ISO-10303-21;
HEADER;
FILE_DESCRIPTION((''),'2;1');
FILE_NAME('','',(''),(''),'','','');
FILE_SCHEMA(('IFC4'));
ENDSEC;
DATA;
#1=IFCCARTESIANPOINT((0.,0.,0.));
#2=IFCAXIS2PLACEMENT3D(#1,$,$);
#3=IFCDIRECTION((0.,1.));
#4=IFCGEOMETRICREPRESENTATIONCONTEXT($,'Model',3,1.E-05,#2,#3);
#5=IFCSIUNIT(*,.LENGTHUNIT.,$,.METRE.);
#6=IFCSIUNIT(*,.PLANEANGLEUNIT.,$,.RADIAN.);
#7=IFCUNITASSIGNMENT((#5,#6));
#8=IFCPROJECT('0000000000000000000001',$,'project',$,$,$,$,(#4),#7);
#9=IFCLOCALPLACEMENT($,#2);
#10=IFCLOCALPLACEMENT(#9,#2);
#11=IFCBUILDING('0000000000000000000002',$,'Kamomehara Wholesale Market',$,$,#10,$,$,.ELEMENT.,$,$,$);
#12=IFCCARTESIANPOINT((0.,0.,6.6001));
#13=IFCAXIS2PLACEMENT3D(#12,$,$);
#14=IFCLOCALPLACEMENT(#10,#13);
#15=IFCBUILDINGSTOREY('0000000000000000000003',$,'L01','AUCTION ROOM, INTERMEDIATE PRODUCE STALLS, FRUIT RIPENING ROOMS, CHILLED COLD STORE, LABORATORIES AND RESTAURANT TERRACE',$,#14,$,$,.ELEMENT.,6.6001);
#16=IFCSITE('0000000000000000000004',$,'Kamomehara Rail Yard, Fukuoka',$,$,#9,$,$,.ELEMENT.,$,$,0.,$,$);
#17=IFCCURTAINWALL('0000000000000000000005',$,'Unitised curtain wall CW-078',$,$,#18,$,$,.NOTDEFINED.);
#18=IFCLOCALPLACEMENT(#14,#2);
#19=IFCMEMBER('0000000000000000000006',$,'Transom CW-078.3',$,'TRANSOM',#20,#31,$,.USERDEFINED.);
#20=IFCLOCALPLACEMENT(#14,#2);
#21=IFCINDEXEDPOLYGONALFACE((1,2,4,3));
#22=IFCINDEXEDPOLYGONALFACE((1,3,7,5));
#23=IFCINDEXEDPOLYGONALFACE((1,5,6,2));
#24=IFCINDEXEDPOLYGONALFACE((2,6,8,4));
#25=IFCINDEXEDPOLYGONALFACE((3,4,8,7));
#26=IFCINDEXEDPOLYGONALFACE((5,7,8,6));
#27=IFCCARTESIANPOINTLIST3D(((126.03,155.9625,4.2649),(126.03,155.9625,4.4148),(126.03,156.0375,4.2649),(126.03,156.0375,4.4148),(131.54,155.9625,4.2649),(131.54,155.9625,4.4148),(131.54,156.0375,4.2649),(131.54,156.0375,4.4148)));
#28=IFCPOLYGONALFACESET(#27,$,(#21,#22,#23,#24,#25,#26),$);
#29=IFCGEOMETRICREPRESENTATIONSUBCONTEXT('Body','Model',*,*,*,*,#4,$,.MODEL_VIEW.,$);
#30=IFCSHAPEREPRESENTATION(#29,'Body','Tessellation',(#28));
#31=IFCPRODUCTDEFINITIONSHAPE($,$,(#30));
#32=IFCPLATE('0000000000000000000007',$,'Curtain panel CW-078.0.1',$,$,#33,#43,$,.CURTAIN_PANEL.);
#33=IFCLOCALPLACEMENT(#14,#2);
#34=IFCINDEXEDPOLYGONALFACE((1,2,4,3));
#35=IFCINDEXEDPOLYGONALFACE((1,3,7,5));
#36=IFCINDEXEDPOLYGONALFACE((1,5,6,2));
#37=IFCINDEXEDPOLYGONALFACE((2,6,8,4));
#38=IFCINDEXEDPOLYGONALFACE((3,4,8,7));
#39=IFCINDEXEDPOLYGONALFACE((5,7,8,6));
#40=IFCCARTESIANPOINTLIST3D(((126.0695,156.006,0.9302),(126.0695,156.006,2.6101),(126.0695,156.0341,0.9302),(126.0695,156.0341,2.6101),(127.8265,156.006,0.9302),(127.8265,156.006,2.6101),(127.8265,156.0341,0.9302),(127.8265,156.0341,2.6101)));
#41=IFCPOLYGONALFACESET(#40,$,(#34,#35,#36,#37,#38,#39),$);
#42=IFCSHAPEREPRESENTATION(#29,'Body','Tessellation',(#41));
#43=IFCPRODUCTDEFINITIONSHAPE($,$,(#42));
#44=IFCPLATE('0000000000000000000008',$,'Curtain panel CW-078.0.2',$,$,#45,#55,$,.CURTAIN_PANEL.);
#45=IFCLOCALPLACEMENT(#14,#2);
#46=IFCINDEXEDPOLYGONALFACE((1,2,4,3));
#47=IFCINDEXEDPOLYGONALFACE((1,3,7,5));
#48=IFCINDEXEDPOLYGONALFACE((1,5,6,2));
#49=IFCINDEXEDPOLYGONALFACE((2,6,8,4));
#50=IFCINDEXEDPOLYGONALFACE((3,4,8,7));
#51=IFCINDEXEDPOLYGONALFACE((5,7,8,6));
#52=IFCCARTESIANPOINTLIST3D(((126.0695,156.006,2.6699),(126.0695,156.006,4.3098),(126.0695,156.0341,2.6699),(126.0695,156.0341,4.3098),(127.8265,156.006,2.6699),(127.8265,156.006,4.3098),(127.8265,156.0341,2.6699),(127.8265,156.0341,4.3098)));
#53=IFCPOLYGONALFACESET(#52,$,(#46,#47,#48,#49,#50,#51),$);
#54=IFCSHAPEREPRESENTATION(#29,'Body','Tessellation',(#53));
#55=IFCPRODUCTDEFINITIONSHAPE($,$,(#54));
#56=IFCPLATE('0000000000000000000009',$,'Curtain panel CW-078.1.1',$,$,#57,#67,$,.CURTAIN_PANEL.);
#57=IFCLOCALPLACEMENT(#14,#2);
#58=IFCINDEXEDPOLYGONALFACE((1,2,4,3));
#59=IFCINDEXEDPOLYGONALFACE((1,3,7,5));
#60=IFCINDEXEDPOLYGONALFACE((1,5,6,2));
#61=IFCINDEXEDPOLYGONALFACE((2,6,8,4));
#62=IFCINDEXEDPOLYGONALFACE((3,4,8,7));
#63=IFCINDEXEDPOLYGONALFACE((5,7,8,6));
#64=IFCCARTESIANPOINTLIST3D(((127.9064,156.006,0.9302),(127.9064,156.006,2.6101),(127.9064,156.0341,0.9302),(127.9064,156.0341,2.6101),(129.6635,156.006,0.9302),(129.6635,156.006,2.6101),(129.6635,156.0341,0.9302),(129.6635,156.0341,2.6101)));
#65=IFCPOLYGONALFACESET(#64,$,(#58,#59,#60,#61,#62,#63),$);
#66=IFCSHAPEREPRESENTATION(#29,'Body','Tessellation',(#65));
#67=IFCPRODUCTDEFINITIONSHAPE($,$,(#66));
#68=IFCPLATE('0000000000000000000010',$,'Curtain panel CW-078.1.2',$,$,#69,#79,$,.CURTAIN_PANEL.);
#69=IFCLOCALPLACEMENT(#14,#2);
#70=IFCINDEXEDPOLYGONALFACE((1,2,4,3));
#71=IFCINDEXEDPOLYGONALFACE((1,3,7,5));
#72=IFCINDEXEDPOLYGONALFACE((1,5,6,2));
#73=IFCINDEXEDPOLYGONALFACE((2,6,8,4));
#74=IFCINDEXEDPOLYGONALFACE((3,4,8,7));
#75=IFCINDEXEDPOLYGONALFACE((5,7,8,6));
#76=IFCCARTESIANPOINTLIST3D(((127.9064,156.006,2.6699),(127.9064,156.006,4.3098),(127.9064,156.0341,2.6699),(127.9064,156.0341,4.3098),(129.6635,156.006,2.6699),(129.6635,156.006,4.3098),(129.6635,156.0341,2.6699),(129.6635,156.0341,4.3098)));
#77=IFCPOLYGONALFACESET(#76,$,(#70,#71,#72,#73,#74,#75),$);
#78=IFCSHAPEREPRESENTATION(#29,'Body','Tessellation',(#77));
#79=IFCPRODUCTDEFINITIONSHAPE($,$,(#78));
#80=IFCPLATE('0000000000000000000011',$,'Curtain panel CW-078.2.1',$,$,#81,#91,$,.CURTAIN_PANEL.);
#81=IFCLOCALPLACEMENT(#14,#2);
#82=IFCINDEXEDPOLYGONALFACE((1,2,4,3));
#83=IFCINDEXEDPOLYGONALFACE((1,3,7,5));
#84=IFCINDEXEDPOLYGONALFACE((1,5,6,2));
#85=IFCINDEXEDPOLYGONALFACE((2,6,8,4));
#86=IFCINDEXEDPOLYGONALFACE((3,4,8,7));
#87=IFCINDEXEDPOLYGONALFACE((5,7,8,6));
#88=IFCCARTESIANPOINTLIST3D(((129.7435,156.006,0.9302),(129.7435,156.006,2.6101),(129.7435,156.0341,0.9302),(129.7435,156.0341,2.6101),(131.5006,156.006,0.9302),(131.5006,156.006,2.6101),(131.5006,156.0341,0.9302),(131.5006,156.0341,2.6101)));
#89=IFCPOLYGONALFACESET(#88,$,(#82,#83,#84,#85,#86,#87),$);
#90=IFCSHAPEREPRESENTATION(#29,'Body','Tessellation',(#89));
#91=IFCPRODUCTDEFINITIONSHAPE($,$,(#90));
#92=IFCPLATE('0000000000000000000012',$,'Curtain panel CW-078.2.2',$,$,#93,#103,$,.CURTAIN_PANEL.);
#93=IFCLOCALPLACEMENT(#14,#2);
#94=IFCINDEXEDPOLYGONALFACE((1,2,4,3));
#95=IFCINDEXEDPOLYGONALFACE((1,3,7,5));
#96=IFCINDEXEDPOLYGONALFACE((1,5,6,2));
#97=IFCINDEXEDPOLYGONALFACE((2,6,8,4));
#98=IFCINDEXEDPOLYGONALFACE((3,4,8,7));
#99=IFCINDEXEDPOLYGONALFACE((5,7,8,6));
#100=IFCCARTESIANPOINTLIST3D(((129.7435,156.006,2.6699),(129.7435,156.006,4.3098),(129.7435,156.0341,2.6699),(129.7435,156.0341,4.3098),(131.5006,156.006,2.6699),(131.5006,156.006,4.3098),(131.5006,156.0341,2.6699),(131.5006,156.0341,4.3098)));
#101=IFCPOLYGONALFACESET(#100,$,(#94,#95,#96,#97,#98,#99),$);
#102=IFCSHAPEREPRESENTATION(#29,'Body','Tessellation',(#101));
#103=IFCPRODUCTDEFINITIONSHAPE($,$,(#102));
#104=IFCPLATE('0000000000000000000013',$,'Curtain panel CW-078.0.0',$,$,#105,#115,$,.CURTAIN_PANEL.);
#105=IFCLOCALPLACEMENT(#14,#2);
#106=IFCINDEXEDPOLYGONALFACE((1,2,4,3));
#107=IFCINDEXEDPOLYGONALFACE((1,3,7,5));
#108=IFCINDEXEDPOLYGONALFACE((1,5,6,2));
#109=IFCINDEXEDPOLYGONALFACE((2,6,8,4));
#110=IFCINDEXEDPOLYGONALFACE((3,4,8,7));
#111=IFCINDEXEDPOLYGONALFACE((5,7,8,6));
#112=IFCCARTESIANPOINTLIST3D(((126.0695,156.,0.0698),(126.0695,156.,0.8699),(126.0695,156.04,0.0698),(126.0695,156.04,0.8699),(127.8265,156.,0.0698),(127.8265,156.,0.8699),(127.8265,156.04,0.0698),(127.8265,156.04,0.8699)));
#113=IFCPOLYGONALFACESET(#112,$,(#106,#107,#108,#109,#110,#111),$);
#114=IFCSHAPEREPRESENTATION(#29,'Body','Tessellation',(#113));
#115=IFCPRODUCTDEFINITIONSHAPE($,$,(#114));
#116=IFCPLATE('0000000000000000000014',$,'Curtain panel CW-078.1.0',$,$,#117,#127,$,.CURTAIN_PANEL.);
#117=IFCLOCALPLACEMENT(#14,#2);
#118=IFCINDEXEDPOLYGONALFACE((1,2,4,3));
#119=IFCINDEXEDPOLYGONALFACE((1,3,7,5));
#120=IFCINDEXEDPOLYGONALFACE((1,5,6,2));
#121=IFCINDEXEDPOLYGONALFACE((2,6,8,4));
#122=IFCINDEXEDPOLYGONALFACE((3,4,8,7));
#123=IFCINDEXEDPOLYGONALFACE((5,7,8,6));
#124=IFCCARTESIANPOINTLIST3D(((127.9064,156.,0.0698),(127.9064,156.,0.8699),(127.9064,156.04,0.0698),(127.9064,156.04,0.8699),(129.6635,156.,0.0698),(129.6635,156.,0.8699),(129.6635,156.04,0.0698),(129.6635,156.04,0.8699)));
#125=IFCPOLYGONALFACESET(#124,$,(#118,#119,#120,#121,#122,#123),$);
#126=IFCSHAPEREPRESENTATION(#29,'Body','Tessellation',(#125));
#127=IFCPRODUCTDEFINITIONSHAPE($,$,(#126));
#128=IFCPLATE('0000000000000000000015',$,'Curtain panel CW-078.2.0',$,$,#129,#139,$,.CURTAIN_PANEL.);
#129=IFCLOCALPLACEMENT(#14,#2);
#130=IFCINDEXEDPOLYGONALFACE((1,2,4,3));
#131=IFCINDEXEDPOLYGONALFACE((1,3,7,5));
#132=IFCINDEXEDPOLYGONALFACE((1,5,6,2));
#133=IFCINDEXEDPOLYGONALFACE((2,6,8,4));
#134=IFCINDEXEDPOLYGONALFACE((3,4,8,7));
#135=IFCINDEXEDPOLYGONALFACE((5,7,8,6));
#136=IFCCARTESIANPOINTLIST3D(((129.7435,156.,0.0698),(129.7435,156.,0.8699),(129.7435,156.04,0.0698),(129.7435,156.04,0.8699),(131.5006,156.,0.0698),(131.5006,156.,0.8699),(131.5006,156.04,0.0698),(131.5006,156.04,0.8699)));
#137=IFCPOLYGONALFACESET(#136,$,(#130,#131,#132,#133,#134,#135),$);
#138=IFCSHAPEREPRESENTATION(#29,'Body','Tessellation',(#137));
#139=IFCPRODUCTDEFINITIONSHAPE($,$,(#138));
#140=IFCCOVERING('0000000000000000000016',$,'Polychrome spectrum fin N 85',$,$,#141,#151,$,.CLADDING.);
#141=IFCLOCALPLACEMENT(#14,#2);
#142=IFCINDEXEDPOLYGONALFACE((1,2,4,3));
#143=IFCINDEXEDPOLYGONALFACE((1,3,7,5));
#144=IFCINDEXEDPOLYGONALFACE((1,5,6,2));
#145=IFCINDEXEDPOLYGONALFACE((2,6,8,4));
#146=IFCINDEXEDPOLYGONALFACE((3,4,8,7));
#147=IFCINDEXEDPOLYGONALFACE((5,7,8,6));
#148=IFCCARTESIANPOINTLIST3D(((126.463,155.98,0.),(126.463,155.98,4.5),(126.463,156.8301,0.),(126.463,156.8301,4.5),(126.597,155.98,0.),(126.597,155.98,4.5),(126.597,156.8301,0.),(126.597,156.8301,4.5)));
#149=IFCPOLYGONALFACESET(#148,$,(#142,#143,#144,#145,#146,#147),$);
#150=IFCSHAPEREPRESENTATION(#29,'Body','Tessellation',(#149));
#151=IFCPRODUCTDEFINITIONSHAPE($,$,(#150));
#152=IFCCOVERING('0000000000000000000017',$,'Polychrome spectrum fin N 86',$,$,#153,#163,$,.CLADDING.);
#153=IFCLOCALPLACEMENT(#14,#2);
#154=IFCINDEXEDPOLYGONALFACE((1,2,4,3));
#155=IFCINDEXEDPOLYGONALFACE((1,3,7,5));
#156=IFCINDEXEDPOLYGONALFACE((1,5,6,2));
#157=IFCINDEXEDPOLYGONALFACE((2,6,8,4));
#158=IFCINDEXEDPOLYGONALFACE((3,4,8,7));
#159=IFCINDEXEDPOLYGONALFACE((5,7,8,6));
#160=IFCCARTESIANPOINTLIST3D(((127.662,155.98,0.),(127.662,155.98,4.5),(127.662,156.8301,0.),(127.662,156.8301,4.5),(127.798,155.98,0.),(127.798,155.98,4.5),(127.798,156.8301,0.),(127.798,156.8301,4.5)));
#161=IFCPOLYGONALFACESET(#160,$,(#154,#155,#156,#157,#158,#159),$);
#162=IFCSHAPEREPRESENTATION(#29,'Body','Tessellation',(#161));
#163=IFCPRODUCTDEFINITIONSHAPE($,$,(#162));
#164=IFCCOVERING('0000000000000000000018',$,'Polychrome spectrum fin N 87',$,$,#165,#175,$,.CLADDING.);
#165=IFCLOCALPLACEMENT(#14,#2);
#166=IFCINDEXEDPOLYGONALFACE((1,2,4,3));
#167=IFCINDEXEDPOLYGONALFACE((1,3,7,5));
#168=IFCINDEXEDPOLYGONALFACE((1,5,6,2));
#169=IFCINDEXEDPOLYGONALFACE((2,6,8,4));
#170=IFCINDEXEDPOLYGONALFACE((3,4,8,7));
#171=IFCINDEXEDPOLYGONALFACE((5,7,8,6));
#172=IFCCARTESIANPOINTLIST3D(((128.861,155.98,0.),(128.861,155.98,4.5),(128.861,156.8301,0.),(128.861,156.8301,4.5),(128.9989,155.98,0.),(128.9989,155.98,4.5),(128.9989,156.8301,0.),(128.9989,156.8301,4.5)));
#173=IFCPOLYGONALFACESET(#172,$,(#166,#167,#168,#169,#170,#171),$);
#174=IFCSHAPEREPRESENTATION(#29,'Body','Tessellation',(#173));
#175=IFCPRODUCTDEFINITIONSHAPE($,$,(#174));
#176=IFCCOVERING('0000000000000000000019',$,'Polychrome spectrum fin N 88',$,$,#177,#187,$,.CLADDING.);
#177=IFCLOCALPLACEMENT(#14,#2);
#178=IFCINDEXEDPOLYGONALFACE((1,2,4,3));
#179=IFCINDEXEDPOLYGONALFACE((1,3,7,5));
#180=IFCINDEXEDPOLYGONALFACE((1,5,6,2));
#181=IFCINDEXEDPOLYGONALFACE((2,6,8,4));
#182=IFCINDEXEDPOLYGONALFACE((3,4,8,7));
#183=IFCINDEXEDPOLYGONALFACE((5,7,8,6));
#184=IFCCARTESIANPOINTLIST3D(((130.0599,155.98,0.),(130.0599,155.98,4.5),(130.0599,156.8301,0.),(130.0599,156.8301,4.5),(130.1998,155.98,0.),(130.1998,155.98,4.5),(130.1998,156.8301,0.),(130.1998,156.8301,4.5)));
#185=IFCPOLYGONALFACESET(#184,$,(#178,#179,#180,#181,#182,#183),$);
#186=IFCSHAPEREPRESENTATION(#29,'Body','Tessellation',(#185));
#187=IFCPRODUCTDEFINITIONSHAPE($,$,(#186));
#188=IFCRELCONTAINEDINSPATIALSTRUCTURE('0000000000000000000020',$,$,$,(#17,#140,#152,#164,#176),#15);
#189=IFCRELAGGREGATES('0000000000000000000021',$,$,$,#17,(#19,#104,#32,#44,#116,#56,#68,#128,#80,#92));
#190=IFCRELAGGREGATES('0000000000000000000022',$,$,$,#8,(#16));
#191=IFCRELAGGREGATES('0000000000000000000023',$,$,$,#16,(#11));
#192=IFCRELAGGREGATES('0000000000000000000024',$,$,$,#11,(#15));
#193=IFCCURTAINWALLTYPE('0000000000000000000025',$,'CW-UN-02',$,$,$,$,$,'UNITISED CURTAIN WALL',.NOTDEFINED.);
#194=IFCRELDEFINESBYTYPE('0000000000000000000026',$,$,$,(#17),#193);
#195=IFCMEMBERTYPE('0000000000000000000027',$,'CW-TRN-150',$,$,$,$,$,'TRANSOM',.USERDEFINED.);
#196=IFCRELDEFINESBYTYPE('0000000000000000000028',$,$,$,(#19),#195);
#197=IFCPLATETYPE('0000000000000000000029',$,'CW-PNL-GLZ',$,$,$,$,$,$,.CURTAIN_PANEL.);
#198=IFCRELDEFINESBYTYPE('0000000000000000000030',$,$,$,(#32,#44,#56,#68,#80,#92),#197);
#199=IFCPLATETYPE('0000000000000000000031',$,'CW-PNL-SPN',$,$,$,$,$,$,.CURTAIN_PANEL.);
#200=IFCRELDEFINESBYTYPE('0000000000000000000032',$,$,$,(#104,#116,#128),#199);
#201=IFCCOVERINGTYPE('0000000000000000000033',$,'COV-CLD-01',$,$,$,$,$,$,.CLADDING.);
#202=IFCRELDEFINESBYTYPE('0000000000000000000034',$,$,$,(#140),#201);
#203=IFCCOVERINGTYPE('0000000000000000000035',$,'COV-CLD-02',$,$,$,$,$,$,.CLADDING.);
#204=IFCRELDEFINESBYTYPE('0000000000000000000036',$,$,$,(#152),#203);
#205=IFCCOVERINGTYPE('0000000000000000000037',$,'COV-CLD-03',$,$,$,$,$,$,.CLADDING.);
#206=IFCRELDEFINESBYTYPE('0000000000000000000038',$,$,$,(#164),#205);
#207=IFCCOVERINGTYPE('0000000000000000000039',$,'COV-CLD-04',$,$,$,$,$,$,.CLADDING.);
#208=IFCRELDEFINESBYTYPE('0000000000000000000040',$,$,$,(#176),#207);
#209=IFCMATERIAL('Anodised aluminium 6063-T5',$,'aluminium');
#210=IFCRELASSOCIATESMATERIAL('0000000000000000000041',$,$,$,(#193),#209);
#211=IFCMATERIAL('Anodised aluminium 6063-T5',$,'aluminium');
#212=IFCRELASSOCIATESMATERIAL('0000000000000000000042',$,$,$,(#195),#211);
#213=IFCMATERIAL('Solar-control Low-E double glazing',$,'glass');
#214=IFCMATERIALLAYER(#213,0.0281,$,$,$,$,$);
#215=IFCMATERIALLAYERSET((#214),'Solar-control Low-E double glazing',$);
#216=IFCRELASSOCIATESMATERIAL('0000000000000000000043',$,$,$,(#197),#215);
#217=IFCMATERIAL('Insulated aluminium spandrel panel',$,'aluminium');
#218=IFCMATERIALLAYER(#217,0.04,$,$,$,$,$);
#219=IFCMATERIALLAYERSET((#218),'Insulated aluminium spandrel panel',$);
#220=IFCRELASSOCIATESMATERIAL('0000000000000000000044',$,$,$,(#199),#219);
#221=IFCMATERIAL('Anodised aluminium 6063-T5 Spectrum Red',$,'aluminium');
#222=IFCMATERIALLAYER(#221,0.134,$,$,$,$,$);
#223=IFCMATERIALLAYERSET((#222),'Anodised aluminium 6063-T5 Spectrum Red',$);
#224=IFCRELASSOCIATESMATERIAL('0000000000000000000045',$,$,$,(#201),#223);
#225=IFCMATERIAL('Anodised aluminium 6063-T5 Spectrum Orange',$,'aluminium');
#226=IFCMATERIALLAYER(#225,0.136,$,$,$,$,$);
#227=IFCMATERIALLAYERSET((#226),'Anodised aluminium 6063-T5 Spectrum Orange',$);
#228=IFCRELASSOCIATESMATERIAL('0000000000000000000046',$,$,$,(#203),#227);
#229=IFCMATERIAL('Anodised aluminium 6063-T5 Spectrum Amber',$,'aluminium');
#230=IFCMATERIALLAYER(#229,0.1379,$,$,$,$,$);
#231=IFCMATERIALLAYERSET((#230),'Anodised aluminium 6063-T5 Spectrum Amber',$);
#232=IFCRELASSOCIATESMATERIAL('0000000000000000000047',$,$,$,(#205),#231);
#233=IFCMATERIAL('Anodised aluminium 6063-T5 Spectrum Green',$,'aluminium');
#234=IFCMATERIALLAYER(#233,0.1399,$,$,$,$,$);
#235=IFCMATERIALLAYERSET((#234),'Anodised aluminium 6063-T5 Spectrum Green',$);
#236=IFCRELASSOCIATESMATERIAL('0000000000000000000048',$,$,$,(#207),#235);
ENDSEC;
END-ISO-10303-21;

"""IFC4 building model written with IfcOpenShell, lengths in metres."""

from ifc_helpers import new_model, si_unit, direction, frame, origin, origin_2d, place, context, subcontext, project, spatial, rectangle, extrude, material, layer, layer_set, material_profile, profile_set, type_object, element, aggregate, save


model = new_model("IFC4")

# Units and contexts
model_context = context("Model", 3, precision=1e-05, world=origin(), true_north=direction((0.0, 1.0)))
body_context = subcontext(model_context, "Body", "Model", "MODEL_VIEW")
ifc_project = project(units=[si_unit("LENGTHUNIT", "METRE"), si_unit("PLANEANGLEUNIT", "RADIAN")], contexts=[model_context])

# Site, building, storey
site_placement = place(None, origin())
site = spatial("IfcSite", under=ifc_project, at=site_placement, Name="Kamomehara Rail Yard, Fukuoka", CompositionType="ELEMENT", RefElevation=0.0)
building_placement = place(site_placement, origin())
building = spatial("IfcBuilding", under=site, at=building_placement, Name="Kamomehara Wholesale Market", CompositionType="ELEMENT")
storey_placement = place(building_placement, frame((0.0, 0.0, 6.6001)))
storey = spatial("IfcBuildingStorey", under=building, at=storey_placement, Name="L01", Description="AUCTION ROOM, INTERMEDIATE PRODUCE STALLS, FRUIT RIPENING ROOMS, CHILLED COLD STORE, LABORATORIES AND RESTAURANT TERRACE", CompositionType="ELEMENT", Elevation=6.6001)

# Curtain wall
ifc_material_1 = material(Name="Anodised aluminium 6063-T5", Category="aluminium")
curtain_wall_type = type_object("IfcCurtainWallType", Name="CW-UN-02", ElementType="UNITISED CURTAIN WALL", PredefinedType="NOTDEFINED", material=ifc_material_1)
curtain_wall_1_placement = place(storey_placement, origin())
curtain_wall_1 = element("IfcCurtainWall", 1, at=curtain_wall_1_placement, inside=storey, type_object=curtain_wall_type, Name="Unitised curtain wall CW-078", PredefinedType="NOTDEFINED")

# Member
ifc_material_2 = material(Name="Anodised aluminium 6063-T5", Category="aluminium")
ifc_material_profile_1 = material_profile(ifc_material_2, rectangle(XDim=0.075, YDim=0.1499, at=origin_2d()), Name="ALU-TRN-75x150")
ifc_profile_set_1 = profile_set([ifc_material_profile_1], Name="Anodised aluminium 6063-T5")
member_type_1 = type_object("IfcMemberType", Name="CW-TRN-150", ElementType="TRANSOM", PredefinedType="USERDEFINED", material=ifc_profile_set_1)
member_1_placement = place(storey_placement, frame((126.03, 156.0, 4.3398), z_axis=(1.0, 0.0, 0.0), x_axis=(0.0, 1.0, 0.0)))
member_1 = element("IfcMember", 2, at=member_1_placement, type_object=member_type_1, Name="Transom CW-078.3", ObjectType="TRANSOM", PredefinedType="USERDEFINED", context=body_context, shape_type="SweptSolid", body=[
    extrude(rectangle(XDim=0.075, YDim=0.1499, at=origin_2d()), origin(), (0.0, 0.0, 1.0), 5.51),
])

# Plates
ifc_material_3 = material(Name="Solar-control Low-E double glazing", Category="glass")
ifc_layer_1 = layer(ifc_material_3, 0.0281)
ifc_layer_set_1 = layer_set([ifc_layer_1], Name="Solar-control Low-E double glazing")
plate_type_1 = type_object("IfcPlateType", Name="CW-PNL-GLZ", PredefinedType="CURTAIN_PANEL", material=ifc_layer_set_1)
plate_1_placement = place(storey_placement, frame((126.948, 156.02, 0.9302), z_axis=(0.0, 0.0, 1.0), x_axis=(1.0, 0.0, 0.0)))
plate_1 = element("IfcPlate", 3, at=plate_1_placement, type_object=plate_type_1, Name="Curtain panel CW-078.0.1", PredefinedType="CURTAIN_PANEL", context=body_context, shape_type="SweptSolid", body=[
    extrude(rectangle(XDim=1.7571, YDim=0.0281, at=origin_2d()), origin(), (0.0, 0.0, 1.0), 1.6799),
])
plate_2_placement = place(storey_placement, frame((126.948, 156.02, 2.6699), z_axis=(0.0, 0.0, 1.0), x_axis=(1.0, 0.0, 0.0)))
plate_2 = element("IfcPlate", 4, at=plate_2_placement, type_object=plate_type_1, Name="Curtain panel CW-078.0.2", PredefinedType="CURTAIN_PANEL", context=body_context, shape_type="SweptSolid", body=[
    extrude(rectangle(XDim=1.7571, YDim=0.0281, at=origin_2d()), origin(), (0.0, 0.0, 1.0), 1.6399),
])
plate_3_placement = place(storey_placement, frame((128.7849, 156.02, 0.9302), z_axis=(0.0, 0.0, 1.0), x_axis=(1.0, 0.0, 0.0)))
plate_3 = element("IfcPlate", 5, at=plate_3_placement, type_object=plate_type_1, Name="Curtain panel CW-078.1.1", PredefinedType="CURTAIN_PANEL", context=body_context, shape_type="SweptSolid", body=[
    extrude(rectangle(XDim=1.7571, YDim=0.0281, at=origin_2d()), origin(), (0.0, 0.0, 1.0), 1.6799),
])
plate_4_placement = place(storey_placement, frame((128.7849, 156.02, 2.6699), z_axis=(0.0, 0.0, 1.0), x_axis=(1.0, 0.0, 0.0)))
plate_4 = element("IfcPlate", 6, at=plate_4_placement, type_object=plate_type_1, Name="Curtain panel CW-078.1.2", PredefinedType="CURTAIN_PANEL", context=body_context, shape_type="SweptSolid", body=[
    extrude(rectangle(XDim=1.7571, YDim=0.0281, at=origin_2d()), origin(), (0.0, 0.0, 1.0), 1.6399),
])
plate_5_placement = place(storey_placement, frame((130.6221, 156.02, 0.9302), z_axis=(0.0, 0.0, 1.0), x_axis=(1.0, 0.0, 0.0)))
plate_5 = element("IfcPlate", 7, at=plate_5_placement, type_object=plate_type_1, Name="Curtain panel CW-078.2.1", PredefinedType="CURTAIN_PANEL", context=body_context, shape_type="SweptSolid", body=[
    extrude(rectangle(XDim=1.7571, YDim=0.0281, at=origin_2d()), origin(), (0.0, 0.0, 1.0), 1.6799),
])
plate_6_placement = place(storey_placement, frame((130.6221, 156.02, 2.6699), z_axis=(0.0, 0.0, 1.0), x_axis=(1.0, 0.0, 0.0)))
plate_6 = element("IfcPlate", 8, at=plate_6_placement, type_object=plate_type_1, Name="Curtain panel CW-078.2.2", PredefinedType="CURTAIN_PANEL", context=body_context, shape_type="SweptSolid", body=[
    extrude(rectangle(XDim=1.7571, YDim=0.0281, at=origin_2d()), origin(), (0.0, 0.0, 1.0), 1.6399),
])
ifc_material_4 = material(Name="Insulated aluminium spandrel panel", Category="aluminium")
ifc_layer_2 = layer(ifc_material_4, 0.04)
ifc_layer_set_2 = layer_set([ifc_layer_2], Name="Insulated aluminium spandrel panel")
plate_type_2 = type_object("IfcPlateType", Name="CW-PNL-SPN", PredefinedType="CURTAIN_PANEL", material=ifc_layer_set_2)
plate_7_placement = place(storey_placement, frame((126.948, 156.02, 0.0698), z_axis=(0.0, 0.0, 1.0), x_axis=(1.0, 0.0, 0.0)))
plate_7 = element("IfcPlate", 9, at=plate_7_placement, type_object=plate_type_2, Name="Curtain panel CW-078.0.0", PredefinedType="CURTAIN_PANEL", context=body_context, shape_type="SweptSolid", body=[
    extrude(rectangle(XDim=1.7571, YDim=0.04, at=origin_2d()), origin(), (0.0, 0.0, 1.0), 0.8),
])
plate_8_placement = place(storey_placement, frame((128.7849, 156.02, 0.0698), z_axis=(0.0, 0.0, 1.0), x_axis=(1.0, 0.0, 0.0)))
plate_8 = element("IfcPlate", 10, at=plate_8_placement, type_object=plate_type_2, Name="Curtain panel CW-078.1.0", PredefinedType="CURTAIN_PANEL", context=body_context, shape_type="SweptSolid", body=[
    extrude(rectangle(XDim=1.7571, YDim=0.04, at=origin_2d()), origin(), (0.0, 0.0, 1.0), 0.8),
])
plate_9_placement = place(storey_placement, frame((130.6221, 156.02, 0.0698), z_axis=(0.0, 0.0, 1.0), x_axis=(1.0, 0.0, 0.0)))
plate_9 = element("IfcPlate", 11, at=plate_9_placement, type_object=plate_type_2, Name="Curtain panel CW-078.2.0", PredefinedType="CURTAIN_PANEL", context=body_context, shape_type="SweptSolid", body=[
    extrude(rectangle(XDim=1.7571, YDim=0.04, at=origin_2d()), origin(), (0.0, 0.0, 1.0), 0.8),
])
aggregate(curtain_wall_1, [member_1, plate_7, plate_1, plate_2, plate_8, plate_3, plate_4, plate_9, plate_5, plate_6])

# Coverings
ifc_material_5 = material(Name="Anodised aluminium 6063-T5 Spectrum Red", Category="aluminium")
ifc_layer_3 = layer(ifc_material_5, 0.134)
ifc_layer_set_3 = layer_set([ifc_layer_3], Name="Anodised aluminium 6063-T5 Spectrum Red")
covering_type_1 = type_object("IfcCoveringType", Name="COV-CLD-01", PredefinedType="CLADDING", material=ifc_layer_set_3)
covering_1_placement = place(storey_placement, frame((126.53, 156.405, 0.0), z_axis=(0.0, 0.0, 1.0), x_axis=(1.0, 0.0, 0.0)))
element("IfcCovering", 12, at=covering_1_placement, inside=storey, type_object=covering_type_1, Name="Polychrome spectrum fin N 85", PredefinedType="CLADDING", context=body_context, shape_type="SweptSolid", body=[
    extrude(rectangle(XDim=0.134, YDim=0.8501, at=origin_2d()), origin(), (0.0, 0.0, 1.0), 4.5),
])
ifc_material_6 = material(Name="Anodised aluminium 6063-T5 Spectrum Orange", Category="aluminium")
ifc_layer_4 = layer(ifc_material_6, 0.136)
ifc_layer_set_4 = layer_set([ifc_layer_4], Name="Anodised aluminium 6063-T5 Spectrum Orange")
covering_type_2 = type_object("IfcCoveringType", Name="COV-CLD-02", PredefinedType="CLADDING", material=ifc_layer_set_4)
covering_2_placement = place(storey_placement, frame((127.73, 156.405, 0.0), z_axis=(0.0, 0.0, 1.0), x_axis=(1.0, 0.0, 0.0)))
element("IfcCovering", 13, at=covering_2_placement, inside=storey, type_object=covering_type_2, Name="Polychrome spectrum fin N 86", PredefinedType="CLADDING", context=body_context, shape_type="SweptSolid", body=[
    extrude(rectangle(XDim=0.136, YDim=0.8501, at=origin_2d()), origin(), (0.0, 0.0, 1.0), 4.5),
])
ifc_material_7 = material(Name="Anodised aluminium 6063-T5 Spectrum Amber", Category="aluminium")
ifc_layer_5 = layer(ifc_material_7, 0.1379)
ifc_layer_set_5 = layer_set([ifc_layer_5], Name="Anodised aluminium 6063-T5 Spectrum Amber")
covering_type_3 = type_object("IfcCoveringType", Name="COV-CLD-03", PredefinedType="CLADDING", material=ifc_layer_set_5)
covering_3_placement = place(storey_placement, frame((128.9299, 156.405, 0.0), z_axis=(0.0, 0.0, 1.0), x_axis=(1.0, 0.0, 0.0)))
element("IfcCovering", 14, at=covering_3_placement, inside=storey, type_object=covering_type_3, Name="Polychrome spectrum fin N 87", PredefinedType="CLADDING", context=body_context, shape_type="SweptSolid", body=[
    extrude(rectangle(XDim=0.1379, YDim=0.8501, at=origin_2d()), origin(), (0.0, 0.0, 1.0), 4.5),
])
ifc_material_8 = material(Name="Anodised aluminium 6063-T5 Spectrum Green", Category="aluminium")
ifc_layer_6 = layer(ifc_material_8, 0.1399)
ifc_layer_set_6 = layer_set([ifc_layer_6], Name="Anodised aluminium 6063-T5 Spectrum Green")
covering_type_4 = type_object("IfcCoveringType", Name="COV-CLD-04", PredefinedType="CLADDING", material=ifc_layer_set_6)
covering_4_placement = place(storey_placement, frame((130.1299, 156.405, 0.0), z_axis=(0.0, 0.0, 1.0), x_axis=(1.0, 0.0, 0.0)))
element("IfcCovering", 15, at=covering_4_placement, inside=storey, type_object=covering_type_4, Name="Polychrome spectrum fin N 88", PredefinedType="CLADDING", context=body_context, shape_type="SweptSolid", body=[
    extrude(rectangle(XDim=0.1399, YDim=0.8501, at=origin_2d()), origin(), (0.0, 0.0, 1.0), 4.5),
])

save(model, "model.ifc")
